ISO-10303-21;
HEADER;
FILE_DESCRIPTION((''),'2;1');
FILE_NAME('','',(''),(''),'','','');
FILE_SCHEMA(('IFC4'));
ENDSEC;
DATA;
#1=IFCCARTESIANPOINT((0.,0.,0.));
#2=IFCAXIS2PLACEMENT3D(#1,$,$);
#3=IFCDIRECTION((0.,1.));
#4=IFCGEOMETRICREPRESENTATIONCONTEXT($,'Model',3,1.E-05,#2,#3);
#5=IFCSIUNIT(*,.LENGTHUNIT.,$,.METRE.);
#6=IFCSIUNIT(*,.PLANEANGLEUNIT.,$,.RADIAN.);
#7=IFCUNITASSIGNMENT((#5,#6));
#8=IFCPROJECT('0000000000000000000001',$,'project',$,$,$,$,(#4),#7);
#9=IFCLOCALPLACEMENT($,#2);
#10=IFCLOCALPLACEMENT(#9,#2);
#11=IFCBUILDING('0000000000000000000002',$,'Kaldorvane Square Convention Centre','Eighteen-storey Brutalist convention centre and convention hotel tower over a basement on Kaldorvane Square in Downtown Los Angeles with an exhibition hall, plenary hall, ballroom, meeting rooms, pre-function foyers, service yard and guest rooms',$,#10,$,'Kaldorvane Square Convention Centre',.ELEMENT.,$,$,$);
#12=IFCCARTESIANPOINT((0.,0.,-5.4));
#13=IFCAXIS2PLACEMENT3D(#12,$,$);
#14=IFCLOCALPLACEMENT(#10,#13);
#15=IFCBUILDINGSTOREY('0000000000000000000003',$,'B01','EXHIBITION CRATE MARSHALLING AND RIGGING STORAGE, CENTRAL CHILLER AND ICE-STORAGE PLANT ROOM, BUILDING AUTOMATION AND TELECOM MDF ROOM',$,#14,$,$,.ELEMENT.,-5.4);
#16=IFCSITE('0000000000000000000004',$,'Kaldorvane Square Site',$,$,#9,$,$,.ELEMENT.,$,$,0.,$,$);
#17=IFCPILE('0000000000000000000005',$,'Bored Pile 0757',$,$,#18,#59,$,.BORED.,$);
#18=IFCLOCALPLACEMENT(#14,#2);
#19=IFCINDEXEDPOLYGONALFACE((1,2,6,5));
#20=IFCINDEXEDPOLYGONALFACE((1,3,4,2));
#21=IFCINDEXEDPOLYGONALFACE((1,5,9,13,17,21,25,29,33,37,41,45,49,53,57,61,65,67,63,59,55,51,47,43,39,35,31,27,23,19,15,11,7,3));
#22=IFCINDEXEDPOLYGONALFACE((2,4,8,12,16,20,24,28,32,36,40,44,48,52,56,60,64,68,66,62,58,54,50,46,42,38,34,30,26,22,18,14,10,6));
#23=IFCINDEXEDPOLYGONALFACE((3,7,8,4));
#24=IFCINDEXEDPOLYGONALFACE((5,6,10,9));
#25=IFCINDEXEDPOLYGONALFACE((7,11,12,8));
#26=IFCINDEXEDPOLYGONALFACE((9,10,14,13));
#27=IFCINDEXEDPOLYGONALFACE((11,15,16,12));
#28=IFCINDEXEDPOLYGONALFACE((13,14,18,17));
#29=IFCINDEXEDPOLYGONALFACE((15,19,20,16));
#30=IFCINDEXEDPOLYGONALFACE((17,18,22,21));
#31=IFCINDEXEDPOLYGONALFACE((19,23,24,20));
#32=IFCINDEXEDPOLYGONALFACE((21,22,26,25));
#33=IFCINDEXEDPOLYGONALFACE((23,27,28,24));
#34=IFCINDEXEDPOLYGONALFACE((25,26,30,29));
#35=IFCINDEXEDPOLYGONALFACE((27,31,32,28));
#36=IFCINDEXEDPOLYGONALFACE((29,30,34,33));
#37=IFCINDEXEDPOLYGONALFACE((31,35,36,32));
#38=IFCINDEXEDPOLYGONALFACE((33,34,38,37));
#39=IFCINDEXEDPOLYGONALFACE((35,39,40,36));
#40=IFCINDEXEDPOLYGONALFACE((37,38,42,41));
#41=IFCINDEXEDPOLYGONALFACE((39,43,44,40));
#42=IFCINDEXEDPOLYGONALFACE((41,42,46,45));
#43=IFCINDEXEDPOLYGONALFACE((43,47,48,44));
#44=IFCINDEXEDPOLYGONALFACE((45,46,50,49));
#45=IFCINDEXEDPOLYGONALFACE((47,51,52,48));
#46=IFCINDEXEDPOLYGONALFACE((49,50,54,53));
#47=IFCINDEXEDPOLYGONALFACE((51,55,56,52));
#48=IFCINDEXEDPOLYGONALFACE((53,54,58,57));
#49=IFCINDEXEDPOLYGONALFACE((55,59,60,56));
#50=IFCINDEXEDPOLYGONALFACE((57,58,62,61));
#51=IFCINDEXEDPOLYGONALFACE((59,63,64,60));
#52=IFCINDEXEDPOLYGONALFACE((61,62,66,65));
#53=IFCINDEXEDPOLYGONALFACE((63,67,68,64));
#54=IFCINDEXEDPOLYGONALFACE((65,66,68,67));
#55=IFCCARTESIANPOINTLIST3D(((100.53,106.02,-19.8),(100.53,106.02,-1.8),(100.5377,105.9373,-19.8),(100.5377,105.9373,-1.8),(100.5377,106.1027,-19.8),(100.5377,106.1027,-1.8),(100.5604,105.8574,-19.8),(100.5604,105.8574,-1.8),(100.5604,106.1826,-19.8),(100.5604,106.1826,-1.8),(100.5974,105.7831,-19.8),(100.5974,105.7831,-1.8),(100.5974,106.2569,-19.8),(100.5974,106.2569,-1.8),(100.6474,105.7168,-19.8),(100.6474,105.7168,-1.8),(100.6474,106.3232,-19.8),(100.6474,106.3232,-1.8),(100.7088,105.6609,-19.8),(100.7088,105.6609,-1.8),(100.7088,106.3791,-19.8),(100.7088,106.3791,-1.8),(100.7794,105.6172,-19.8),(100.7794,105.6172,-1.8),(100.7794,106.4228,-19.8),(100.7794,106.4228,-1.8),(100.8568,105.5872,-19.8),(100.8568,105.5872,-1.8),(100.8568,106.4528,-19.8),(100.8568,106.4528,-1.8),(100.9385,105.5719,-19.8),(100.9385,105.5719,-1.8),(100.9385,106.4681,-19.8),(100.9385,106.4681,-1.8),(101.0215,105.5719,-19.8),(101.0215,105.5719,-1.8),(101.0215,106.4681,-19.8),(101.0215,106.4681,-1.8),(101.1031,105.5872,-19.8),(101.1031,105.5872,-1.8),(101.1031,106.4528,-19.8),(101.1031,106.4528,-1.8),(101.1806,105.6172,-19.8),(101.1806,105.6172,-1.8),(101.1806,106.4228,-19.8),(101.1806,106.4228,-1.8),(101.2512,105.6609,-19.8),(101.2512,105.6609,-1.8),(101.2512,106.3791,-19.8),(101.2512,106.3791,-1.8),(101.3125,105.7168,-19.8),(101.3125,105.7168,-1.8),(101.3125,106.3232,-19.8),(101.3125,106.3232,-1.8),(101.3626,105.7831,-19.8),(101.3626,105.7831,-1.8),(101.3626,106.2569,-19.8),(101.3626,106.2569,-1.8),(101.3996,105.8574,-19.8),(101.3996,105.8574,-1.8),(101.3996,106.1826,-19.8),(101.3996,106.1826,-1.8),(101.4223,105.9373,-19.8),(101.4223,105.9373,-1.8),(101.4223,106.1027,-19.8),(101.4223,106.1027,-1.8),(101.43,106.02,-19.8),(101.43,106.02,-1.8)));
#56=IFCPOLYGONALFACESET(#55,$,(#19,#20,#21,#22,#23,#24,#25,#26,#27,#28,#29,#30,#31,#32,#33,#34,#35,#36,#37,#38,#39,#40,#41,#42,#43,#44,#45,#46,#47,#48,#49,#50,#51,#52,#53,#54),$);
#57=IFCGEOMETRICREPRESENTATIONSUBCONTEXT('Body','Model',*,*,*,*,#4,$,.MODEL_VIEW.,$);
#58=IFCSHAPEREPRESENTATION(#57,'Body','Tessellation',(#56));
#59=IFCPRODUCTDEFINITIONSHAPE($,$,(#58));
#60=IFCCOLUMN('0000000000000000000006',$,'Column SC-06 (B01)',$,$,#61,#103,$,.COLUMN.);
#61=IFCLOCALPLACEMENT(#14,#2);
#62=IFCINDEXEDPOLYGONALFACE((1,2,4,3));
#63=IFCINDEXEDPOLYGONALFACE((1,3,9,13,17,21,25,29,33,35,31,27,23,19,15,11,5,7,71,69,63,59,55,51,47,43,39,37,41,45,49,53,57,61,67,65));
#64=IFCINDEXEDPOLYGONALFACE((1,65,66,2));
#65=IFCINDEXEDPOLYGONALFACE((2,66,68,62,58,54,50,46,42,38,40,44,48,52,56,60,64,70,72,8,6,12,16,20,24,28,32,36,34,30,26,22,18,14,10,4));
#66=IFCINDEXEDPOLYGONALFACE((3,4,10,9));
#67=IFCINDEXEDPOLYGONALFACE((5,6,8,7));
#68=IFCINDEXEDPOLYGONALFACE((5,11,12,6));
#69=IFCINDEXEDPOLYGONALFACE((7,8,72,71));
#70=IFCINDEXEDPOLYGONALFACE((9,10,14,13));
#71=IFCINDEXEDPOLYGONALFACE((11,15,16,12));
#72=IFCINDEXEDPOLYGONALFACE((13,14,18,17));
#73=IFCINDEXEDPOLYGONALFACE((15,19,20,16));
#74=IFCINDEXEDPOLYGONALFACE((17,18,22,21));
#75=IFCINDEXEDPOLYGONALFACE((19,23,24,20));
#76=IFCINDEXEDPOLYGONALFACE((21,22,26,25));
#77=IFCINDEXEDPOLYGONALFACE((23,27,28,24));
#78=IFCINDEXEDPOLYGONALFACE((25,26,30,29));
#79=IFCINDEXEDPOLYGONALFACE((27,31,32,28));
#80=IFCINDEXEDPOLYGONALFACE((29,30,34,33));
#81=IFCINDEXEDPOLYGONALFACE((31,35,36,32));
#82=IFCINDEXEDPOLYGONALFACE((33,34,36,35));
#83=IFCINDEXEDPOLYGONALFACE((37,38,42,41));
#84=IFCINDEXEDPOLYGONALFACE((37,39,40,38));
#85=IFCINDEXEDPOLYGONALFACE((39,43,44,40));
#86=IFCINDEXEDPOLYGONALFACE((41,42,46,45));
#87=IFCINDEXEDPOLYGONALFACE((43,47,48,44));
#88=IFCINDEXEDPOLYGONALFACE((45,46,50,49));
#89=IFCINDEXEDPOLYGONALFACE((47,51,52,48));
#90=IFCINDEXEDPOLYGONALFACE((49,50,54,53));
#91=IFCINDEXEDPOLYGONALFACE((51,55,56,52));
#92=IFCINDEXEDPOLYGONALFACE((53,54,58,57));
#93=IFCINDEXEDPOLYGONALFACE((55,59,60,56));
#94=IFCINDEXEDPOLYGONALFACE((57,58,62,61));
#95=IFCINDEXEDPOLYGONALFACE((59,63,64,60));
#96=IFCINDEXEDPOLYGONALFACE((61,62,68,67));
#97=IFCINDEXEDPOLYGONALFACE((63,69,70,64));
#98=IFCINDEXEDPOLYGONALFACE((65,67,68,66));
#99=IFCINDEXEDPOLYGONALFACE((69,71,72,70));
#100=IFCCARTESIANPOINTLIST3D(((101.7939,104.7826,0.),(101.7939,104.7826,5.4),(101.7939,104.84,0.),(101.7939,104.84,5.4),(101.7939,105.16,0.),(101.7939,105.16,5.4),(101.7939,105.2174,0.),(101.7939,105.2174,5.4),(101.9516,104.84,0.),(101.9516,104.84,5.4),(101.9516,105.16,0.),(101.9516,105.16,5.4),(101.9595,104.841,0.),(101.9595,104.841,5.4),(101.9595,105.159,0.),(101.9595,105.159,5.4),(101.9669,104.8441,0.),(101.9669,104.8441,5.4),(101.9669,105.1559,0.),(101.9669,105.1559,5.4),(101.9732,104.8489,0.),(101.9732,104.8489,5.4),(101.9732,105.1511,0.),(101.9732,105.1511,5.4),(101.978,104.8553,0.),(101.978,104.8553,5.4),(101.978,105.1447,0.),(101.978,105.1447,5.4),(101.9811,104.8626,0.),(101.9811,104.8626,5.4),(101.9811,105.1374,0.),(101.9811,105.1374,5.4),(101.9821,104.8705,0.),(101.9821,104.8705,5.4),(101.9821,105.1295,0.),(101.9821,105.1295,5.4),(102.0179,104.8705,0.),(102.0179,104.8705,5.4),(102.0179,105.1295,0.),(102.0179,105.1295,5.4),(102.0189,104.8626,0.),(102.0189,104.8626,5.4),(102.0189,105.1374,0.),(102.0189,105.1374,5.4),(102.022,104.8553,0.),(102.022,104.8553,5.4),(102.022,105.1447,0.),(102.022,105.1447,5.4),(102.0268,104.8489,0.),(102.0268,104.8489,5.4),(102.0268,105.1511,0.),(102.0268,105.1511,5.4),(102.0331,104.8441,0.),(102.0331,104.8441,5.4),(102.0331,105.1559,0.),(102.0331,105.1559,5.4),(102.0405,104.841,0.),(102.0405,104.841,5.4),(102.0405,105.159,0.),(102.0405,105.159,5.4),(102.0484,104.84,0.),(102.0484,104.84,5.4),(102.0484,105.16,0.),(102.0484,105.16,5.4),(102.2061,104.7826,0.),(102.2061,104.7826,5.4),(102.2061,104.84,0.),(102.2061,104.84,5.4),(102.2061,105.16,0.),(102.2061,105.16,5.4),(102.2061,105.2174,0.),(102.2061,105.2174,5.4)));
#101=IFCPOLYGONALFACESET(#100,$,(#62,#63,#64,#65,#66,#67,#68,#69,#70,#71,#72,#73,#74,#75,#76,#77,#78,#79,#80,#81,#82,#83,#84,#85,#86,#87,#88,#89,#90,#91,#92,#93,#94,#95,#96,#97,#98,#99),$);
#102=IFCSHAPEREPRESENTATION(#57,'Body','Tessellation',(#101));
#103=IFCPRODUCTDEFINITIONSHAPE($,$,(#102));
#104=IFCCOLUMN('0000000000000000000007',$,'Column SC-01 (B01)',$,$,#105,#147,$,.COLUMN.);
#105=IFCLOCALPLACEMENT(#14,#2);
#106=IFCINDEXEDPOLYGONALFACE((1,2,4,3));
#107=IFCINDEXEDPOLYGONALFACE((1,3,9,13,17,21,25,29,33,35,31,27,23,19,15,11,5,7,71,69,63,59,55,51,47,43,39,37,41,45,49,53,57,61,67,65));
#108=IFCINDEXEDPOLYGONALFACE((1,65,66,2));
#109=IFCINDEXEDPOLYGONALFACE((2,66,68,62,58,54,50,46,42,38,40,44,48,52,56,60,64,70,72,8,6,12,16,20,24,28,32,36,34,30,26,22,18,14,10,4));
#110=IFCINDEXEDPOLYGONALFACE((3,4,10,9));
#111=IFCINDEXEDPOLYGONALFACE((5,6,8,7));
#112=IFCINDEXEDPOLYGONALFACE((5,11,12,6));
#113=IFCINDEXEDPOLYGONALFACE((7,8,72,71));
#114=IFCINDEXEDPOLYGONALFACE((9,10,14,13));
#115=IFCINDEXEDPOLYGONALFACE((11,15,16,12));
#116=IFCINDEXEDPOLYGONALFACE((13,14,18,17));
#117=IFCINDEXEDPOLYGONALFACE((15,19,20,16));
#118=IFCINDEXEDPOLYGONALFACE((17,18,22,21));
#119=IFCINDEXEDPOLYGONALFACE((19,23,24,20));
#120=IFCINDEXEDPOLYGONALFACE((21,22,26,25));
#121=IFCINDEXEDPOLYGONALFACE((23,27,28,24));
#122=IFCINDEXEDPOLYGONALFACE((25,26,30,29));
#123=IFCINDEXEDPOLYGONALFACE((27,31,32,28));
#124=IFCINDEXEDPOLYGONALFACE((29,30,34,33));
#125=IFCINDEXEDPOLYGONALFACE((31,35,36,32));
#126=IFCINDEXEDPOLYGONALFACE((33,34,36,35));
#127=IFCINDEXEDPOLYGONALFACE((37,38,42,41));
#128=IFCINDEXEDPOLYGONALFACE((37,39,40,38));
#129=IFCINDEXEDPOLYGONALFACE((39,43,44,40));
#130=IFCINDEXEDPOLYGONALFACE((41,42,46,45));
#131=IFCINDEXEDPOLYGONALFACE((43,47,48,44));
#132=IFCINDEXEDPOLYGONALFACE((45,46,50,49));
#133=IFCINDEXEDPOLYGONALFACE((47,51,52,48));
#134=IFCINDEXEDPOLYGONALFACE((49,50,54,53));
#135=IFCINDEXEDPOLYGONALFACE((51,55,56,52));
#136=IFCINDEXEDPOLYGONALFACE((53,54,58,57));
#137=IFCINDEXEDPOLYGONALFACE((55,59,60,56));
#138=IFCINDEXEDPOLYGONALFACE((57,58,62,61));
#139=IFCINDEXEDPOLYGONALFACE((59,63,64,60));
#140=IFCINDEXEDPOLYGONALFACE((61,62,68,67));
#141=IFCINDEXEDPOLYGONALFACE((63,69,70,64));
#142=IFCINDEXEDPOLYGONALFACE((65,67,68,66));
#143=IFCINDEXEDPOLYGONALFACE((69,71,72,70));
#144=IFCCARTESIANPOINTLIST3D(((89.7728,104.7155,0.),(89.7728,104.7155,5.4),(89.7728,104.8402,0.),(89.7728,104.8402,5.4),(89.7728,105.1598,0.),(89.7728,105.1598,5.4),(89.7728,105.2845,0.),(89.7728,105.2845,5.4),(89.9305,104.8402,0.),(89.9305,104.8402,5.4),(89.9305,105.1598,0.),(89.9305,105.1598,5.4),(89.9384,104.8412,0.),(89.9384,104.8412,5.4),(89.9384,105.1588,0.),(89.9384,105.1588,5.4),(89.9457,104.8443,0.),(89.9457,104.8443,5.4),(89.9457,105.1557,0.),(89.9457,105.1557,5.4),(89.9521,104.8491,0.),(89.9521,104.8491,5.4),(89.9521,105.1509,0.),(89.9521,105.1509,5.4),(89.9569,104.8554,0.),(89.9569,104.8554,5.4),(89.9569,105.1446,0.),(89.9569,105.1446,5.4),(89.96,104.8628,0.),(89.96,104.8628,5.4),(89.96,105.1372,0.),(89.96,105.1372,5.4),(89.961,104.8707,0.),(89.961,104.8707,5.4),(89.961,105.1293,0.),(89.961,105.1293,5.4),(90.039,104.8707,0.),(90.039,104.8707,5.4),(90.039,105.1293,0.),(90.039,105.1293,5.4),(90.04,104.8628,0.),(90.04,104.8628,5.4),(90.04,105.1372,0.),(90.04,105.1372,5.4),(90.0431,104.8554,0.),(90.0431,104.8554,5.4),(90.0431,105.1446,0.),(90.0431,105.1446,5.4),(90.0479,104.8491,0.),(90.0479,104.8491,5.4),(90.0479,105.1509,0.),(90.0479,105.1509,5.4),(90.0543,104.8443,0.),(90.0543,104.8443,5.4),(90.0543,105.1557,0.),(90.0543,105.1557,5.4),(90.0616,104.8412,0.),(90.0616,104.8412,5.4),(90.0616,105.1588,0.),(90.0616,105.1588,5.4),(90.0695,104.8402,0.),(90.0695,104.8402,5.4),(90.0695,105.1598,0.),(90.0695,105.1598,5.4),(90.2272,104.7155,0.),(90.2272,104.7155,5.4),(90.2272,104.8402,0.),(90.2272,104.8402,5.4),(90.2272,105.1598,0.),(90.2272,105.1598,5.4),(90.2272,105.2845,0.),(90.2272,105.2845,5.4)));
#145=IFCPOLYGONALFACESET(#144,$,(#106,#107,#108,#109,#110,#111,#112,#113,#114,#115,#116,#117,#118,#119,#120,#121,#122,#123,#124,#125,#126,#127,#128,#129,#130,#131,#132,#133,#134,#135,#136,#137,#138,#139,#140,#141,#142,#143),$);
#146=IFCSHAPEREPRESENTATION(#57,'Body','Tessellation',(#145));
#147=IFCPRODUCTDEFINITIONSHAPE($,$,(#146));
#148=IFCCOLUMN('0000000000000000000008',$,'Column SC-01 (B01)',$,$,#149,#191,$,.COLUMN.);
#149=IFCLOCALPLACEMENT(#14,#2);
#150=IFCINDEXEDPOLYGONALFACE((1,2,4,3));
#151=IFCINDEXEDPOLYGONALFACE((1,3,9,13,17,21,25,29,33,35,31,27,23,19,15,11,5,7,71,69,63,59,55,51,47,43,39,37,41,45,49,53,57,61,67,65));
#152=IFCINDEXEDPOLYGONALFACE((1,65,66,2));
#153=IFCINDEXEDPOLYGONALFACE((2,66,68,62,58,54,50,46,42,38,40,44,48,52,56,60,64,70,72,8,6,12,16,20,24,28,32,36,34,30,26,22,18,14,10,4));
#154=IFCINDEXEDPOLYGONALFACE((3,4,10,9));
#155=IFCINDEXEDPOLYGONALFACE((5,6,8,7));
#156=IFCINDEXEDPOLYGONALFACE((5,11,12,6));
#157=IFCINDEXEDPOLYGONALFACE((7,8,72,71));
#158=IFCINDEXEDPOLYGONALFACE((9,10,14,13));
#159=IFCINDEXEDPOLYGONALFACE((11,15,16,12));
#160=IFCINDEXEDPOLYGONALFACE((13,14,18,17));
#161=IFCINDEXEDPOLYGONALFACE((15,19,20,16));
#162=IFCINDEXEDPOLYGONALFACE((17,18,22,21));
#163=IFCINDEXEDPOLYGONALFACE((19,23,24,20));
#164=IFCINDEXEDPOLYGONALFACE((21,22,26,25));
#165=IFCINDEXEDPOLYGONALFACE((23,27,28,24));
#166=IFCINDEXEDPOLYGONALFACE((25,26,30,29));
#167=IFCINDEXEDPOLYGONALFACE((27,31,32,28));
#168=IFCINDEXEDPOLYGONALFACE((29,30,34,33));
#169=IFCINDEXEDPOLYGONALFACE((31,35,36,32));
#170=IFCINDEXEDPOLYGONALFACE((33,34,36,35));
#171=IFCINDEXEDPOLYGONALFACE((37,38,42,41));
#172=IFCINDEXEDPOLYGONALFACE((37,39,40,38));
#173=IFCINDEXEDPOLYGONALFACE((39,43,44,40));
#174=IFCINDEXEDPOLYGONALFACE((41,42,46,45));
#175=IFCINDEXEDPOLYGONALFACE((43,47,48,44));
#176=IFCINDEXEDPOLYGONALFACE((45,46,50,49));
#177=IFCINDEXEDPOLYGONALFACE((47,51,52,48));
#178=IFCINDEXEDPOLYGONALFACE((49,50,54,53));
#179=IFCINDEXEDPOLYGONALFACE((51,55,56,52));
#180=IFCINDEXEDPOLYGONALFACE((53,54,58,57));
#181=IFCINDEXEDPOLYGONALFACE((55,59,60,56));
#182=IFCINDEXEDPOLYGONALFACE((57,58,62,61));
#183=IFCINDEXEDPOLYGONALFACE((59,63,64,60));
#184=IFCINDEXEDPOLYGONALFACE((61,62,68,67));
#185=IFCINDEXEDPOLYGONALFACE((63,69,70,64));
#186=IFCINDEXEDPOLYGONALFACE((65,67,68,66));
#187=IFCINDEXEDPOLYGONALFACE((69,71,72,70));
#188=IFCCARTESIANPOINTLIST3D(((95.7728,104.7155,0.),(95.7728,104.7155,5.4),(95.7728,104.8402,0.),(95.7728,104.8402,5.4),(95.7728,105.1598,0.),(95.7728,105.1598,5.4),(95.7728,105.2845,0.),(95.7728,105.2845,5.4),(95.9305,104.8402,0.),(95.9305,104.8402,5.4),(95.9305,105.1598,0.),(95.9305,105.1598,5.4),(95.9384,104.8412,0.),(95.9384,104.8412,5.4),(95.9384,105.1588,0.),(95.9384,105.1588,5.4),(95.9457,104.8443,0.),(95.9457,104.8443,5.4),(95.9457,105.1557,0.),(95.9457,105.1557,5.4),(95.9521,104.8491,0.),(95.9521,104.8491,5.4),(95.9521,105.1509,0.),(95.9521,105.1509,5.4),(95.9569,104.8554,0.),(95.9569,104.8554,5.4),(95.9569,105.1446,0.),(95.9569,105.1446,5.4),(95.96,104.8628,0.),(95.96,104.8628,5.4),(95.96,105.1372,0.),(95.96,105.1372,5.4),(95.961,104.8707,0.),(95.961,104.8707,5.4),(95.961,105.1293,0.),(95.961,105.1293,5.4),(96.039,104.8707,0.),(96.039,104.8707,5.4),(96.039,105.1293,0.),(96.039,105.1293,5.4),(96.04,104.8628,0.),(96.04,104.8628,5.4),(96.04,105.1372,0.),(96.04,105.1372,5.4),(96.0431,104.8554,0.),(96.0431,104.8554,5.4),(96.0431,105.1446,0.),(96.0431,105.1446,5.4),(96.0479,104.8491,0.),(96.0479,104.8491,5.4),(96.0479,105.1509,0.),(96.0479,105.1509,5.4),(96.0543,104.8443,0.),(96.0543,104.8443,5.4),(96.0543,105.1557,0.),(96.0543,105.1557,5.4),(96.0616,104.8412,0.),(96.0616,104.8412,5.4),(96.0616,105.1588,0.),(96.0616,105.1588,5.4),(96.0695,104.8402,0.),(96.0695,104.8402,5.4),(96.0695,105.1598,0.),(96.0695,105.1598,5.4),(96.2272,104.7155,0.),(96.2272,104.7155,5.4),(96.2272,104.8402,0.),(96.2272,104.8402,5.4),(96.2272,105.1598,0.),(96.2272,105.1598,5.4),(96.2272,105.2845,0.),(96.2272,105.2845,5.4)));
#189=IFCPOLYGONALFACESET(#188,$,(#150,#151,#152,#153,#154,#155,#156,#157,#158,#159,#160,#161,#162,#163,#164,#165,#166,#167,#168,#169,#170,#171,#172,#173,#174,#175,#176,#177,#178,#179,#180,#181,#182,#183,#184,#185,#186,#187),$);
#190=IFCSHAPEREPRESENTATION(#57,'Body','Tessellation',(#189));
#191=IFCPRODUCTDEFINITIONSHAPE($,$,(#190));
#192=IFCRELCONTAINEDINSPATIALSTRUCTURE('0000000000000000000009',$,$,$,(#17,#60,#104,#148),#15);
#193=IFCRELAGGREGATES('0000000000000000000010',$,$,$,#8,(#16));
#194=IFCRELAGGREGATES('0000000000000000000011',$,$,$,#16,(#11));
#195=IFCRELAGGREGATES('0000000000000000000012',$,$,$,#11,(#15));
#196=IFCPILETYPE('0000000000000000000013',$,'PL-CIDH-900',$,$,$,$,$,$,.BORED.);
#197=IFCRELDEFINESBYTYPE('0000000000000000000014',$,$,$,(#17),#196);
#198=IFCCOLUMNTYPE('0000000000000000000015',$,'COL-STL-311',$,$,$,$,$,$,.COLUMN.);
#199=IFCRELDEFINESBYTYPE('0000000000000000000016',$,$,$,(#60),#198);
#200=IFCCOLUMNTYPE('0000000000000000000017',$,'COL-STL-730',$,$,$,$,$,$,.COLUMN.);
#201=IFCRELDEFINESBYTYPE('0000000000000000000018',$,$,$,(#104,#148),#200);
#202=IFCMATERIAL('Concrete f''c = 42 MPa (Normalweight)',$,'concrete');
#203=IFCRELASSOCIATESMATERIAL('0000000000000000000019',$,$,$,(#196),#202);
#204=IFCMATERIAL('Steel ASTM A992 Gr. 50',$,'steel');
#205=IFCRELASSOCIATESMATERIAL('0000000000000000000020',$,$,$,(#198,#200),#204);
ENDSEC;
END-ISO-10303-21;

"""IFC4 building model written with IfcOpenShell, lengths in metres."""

from ifc_helpers import new_model, si_unit, direction, frame, origin, origin_2d, place, context, subcontext, project, spatial, circle, i_section, extrude, material, material_profile, profile_set, type_object, element, save


model = new_model("IFC4")

# Units and contexts
model_context = context("Model", 3, precision=1e-05, world=origin(), true_north=direction((0.0, 1.0)))
body_context = subcontext(model_context, "Body", "Model", "MODEL_VIEW")
ifc_project = project(units=[si_unit("LENGTHUNIT", "METRE"), si_unit("PLANEANGLEUNIT", "RADIAN")], contexts=[model_context])

# Site, building, storey
site_placement = place(None, origin())
site = spatial("IfcSite", under=ifc_project, at=site_placement, Name="Kaldorvane Square Site", CompositionType="ELEMENT", RefElevation=0.0)
building_placement = place(site_placement, origin())
building = spatial("IfcBuilding", under=site, at=building_placement, Name="Kaldorvane Square Convention Centre", Description="Eighteen-storey Brutalist convention centre and convention hotel tower over a basement on Kaldorvane Square in Downtown Los Angeles with an exhibition hall, plenary hall, ballroom, meeting rooms, pre-function foyers, service yard and guest rooms", LongName="Kaldorvane Square Convention Centre", CompositionType="ELEMENT")
storey_placement = place(building_placement, frame((0.0, 0.0, -5.4)))
storey = spatial("IfcBuildingStorey", under=building, at=storey_placement, Name="B01", Description="EXHIBITION CRATE MARSHALLING AND RIGGING STORAGE, CENTRAL CHILLER AND ICE-STORAGE PLANT ROOM, BUILDING AUTOMATION AND TELECOM MDF ROOM", CompositionType="ELEMENT", Elevation=-5.4)

# Shared definitions
ifc_material_1 = material(Name="Concrete f'c = 42 MPa (Normalweight)", Category="concrete")

# Pile
ifc_material_profile_1 = material_profile(ifc_material_1, circle(Radius=0.45, at=origin_2d()), Name="PILE-D900")
ifc_profile_set_1 = profile_set([ifc_material_profile_1], Name="Concrete f'c = 42 MPa (Normalweight)")
pile_type_1 = type_object("IfcPileType", Name="PL-CIDH-900", PredefinedType="BORED", material=ifc_profile_set_1)
for number, where, z_axis, x_axis, name in (
    (1, (100.98, 106.02, -1.8), (0.0, 0.0, -1.0), (1.0, 0.0, 0.0), "Bored Pile 0757"),
):
    element("IfcPile", number, at=place(storey_placement, frame(where, z_axis=z_axis, x_axis=x_axis)), inside=storey, type_object=pile_type_1, Name=name, PredefinedType="BORED", context=body_context, shape_type="SweptSolid", body=[
        extrude(circle(Radius=0.45, at=origin_2d()), origin(), (0.0, 0.0, 1.0), 18.0),
    ])

# Columns
ifc_material_2 = material(Name="Steel ASTM A992 Gr. 50", Category="steel")
ifc_material_profile_2 = material_profile(ifc_material_2, i_section(OverallWidth=0.4122, OverallDepth=0.4348, WebThickness=0.0358, FlangeThickness=0.0574, FilletRadius=0.0305, at=origin_2d()), Name="W14X311")
ifc_profile_set_2 = profile_set([ifc_material_profile_2], Name="Steel ASTM A992 Gr. 50")
column_type_1 = type_object("IfcColumnType", Name="COL-STL-311", PredefinedType="COLUMN", material=ifc_profile_set_2)
column_placement = place(storey_placement, frame((102.0, 105.0, 0.0), z_axis=(0.0, 0.0, 1.0), x_axis=(1.0, 0.0, 0.0)))
element("IfcColumn", 2, at=column_placement, inside=storey, type_object=column_type_1, Name="Column SC-06 (B01)", PredefinedType="COLUMN", context=body_context, shape_type="SweptSolid", body=[
    extrude(i_section(OverallWidth=0.4122, OverallDepth=0.4348, WebThickness=0.0358, FlangeThickness=0.0574, FilletRadius=0.0305, at=origin_2d()), origin(), (0.0, 0.0, 1.0), 5.4),
])
ifc_material_profile_3 = material_profile(ifc_material_2, i_section(OverallWidth=0.4544, OverallDepth=0.569, WebThickness=0.078, FlangeThickness=0.1247, FilletRadius=0.0305, at=origin_2d()), Name="W14X730")
ifc_profile_set_3 = profile_set([ifc_material_profile_3], Name="Steel ASTM A992 Gr. 50")
column_type_2 = type_object("IfcColumnType", Name="COL-STL-730", PredefinedType="COLUMN", material=ifc_profile_set_3)
for number, where, z_axis, x_axis, name in (
    (3, (90.0, 105.0, 0.0), (0.0, 0.0, 1.0), (1.0, 0.0, 0.0), "Column SC-01 (B01)"),
    (4, (96.0, 105.0, 0.0), (0.0, 0.0, 1.0), (1.0, 0.0, 0.0), "Column SC-01 (B01)"),
):
    element("IfcColumn", number, at=place(storey_placement, frame(where, z_axis=z_axis, x_axis=x_axis)), inside=storey, type_object=column_type_2, Name=name, PredefinedType="COLUMN", context=body_context, shape_type="SweptSolid", body=[
        extrude(i_section(OverallWidth=0.4544, OverallDepth=0.569, WebThickness=0.078, FlangeThickness=0.1247, FilletRadius=0.0305, at=origin_2d()), origin(), (0.0, 0.0, 1.0), 5.4),
    ])

save(model, "model.ifc")
